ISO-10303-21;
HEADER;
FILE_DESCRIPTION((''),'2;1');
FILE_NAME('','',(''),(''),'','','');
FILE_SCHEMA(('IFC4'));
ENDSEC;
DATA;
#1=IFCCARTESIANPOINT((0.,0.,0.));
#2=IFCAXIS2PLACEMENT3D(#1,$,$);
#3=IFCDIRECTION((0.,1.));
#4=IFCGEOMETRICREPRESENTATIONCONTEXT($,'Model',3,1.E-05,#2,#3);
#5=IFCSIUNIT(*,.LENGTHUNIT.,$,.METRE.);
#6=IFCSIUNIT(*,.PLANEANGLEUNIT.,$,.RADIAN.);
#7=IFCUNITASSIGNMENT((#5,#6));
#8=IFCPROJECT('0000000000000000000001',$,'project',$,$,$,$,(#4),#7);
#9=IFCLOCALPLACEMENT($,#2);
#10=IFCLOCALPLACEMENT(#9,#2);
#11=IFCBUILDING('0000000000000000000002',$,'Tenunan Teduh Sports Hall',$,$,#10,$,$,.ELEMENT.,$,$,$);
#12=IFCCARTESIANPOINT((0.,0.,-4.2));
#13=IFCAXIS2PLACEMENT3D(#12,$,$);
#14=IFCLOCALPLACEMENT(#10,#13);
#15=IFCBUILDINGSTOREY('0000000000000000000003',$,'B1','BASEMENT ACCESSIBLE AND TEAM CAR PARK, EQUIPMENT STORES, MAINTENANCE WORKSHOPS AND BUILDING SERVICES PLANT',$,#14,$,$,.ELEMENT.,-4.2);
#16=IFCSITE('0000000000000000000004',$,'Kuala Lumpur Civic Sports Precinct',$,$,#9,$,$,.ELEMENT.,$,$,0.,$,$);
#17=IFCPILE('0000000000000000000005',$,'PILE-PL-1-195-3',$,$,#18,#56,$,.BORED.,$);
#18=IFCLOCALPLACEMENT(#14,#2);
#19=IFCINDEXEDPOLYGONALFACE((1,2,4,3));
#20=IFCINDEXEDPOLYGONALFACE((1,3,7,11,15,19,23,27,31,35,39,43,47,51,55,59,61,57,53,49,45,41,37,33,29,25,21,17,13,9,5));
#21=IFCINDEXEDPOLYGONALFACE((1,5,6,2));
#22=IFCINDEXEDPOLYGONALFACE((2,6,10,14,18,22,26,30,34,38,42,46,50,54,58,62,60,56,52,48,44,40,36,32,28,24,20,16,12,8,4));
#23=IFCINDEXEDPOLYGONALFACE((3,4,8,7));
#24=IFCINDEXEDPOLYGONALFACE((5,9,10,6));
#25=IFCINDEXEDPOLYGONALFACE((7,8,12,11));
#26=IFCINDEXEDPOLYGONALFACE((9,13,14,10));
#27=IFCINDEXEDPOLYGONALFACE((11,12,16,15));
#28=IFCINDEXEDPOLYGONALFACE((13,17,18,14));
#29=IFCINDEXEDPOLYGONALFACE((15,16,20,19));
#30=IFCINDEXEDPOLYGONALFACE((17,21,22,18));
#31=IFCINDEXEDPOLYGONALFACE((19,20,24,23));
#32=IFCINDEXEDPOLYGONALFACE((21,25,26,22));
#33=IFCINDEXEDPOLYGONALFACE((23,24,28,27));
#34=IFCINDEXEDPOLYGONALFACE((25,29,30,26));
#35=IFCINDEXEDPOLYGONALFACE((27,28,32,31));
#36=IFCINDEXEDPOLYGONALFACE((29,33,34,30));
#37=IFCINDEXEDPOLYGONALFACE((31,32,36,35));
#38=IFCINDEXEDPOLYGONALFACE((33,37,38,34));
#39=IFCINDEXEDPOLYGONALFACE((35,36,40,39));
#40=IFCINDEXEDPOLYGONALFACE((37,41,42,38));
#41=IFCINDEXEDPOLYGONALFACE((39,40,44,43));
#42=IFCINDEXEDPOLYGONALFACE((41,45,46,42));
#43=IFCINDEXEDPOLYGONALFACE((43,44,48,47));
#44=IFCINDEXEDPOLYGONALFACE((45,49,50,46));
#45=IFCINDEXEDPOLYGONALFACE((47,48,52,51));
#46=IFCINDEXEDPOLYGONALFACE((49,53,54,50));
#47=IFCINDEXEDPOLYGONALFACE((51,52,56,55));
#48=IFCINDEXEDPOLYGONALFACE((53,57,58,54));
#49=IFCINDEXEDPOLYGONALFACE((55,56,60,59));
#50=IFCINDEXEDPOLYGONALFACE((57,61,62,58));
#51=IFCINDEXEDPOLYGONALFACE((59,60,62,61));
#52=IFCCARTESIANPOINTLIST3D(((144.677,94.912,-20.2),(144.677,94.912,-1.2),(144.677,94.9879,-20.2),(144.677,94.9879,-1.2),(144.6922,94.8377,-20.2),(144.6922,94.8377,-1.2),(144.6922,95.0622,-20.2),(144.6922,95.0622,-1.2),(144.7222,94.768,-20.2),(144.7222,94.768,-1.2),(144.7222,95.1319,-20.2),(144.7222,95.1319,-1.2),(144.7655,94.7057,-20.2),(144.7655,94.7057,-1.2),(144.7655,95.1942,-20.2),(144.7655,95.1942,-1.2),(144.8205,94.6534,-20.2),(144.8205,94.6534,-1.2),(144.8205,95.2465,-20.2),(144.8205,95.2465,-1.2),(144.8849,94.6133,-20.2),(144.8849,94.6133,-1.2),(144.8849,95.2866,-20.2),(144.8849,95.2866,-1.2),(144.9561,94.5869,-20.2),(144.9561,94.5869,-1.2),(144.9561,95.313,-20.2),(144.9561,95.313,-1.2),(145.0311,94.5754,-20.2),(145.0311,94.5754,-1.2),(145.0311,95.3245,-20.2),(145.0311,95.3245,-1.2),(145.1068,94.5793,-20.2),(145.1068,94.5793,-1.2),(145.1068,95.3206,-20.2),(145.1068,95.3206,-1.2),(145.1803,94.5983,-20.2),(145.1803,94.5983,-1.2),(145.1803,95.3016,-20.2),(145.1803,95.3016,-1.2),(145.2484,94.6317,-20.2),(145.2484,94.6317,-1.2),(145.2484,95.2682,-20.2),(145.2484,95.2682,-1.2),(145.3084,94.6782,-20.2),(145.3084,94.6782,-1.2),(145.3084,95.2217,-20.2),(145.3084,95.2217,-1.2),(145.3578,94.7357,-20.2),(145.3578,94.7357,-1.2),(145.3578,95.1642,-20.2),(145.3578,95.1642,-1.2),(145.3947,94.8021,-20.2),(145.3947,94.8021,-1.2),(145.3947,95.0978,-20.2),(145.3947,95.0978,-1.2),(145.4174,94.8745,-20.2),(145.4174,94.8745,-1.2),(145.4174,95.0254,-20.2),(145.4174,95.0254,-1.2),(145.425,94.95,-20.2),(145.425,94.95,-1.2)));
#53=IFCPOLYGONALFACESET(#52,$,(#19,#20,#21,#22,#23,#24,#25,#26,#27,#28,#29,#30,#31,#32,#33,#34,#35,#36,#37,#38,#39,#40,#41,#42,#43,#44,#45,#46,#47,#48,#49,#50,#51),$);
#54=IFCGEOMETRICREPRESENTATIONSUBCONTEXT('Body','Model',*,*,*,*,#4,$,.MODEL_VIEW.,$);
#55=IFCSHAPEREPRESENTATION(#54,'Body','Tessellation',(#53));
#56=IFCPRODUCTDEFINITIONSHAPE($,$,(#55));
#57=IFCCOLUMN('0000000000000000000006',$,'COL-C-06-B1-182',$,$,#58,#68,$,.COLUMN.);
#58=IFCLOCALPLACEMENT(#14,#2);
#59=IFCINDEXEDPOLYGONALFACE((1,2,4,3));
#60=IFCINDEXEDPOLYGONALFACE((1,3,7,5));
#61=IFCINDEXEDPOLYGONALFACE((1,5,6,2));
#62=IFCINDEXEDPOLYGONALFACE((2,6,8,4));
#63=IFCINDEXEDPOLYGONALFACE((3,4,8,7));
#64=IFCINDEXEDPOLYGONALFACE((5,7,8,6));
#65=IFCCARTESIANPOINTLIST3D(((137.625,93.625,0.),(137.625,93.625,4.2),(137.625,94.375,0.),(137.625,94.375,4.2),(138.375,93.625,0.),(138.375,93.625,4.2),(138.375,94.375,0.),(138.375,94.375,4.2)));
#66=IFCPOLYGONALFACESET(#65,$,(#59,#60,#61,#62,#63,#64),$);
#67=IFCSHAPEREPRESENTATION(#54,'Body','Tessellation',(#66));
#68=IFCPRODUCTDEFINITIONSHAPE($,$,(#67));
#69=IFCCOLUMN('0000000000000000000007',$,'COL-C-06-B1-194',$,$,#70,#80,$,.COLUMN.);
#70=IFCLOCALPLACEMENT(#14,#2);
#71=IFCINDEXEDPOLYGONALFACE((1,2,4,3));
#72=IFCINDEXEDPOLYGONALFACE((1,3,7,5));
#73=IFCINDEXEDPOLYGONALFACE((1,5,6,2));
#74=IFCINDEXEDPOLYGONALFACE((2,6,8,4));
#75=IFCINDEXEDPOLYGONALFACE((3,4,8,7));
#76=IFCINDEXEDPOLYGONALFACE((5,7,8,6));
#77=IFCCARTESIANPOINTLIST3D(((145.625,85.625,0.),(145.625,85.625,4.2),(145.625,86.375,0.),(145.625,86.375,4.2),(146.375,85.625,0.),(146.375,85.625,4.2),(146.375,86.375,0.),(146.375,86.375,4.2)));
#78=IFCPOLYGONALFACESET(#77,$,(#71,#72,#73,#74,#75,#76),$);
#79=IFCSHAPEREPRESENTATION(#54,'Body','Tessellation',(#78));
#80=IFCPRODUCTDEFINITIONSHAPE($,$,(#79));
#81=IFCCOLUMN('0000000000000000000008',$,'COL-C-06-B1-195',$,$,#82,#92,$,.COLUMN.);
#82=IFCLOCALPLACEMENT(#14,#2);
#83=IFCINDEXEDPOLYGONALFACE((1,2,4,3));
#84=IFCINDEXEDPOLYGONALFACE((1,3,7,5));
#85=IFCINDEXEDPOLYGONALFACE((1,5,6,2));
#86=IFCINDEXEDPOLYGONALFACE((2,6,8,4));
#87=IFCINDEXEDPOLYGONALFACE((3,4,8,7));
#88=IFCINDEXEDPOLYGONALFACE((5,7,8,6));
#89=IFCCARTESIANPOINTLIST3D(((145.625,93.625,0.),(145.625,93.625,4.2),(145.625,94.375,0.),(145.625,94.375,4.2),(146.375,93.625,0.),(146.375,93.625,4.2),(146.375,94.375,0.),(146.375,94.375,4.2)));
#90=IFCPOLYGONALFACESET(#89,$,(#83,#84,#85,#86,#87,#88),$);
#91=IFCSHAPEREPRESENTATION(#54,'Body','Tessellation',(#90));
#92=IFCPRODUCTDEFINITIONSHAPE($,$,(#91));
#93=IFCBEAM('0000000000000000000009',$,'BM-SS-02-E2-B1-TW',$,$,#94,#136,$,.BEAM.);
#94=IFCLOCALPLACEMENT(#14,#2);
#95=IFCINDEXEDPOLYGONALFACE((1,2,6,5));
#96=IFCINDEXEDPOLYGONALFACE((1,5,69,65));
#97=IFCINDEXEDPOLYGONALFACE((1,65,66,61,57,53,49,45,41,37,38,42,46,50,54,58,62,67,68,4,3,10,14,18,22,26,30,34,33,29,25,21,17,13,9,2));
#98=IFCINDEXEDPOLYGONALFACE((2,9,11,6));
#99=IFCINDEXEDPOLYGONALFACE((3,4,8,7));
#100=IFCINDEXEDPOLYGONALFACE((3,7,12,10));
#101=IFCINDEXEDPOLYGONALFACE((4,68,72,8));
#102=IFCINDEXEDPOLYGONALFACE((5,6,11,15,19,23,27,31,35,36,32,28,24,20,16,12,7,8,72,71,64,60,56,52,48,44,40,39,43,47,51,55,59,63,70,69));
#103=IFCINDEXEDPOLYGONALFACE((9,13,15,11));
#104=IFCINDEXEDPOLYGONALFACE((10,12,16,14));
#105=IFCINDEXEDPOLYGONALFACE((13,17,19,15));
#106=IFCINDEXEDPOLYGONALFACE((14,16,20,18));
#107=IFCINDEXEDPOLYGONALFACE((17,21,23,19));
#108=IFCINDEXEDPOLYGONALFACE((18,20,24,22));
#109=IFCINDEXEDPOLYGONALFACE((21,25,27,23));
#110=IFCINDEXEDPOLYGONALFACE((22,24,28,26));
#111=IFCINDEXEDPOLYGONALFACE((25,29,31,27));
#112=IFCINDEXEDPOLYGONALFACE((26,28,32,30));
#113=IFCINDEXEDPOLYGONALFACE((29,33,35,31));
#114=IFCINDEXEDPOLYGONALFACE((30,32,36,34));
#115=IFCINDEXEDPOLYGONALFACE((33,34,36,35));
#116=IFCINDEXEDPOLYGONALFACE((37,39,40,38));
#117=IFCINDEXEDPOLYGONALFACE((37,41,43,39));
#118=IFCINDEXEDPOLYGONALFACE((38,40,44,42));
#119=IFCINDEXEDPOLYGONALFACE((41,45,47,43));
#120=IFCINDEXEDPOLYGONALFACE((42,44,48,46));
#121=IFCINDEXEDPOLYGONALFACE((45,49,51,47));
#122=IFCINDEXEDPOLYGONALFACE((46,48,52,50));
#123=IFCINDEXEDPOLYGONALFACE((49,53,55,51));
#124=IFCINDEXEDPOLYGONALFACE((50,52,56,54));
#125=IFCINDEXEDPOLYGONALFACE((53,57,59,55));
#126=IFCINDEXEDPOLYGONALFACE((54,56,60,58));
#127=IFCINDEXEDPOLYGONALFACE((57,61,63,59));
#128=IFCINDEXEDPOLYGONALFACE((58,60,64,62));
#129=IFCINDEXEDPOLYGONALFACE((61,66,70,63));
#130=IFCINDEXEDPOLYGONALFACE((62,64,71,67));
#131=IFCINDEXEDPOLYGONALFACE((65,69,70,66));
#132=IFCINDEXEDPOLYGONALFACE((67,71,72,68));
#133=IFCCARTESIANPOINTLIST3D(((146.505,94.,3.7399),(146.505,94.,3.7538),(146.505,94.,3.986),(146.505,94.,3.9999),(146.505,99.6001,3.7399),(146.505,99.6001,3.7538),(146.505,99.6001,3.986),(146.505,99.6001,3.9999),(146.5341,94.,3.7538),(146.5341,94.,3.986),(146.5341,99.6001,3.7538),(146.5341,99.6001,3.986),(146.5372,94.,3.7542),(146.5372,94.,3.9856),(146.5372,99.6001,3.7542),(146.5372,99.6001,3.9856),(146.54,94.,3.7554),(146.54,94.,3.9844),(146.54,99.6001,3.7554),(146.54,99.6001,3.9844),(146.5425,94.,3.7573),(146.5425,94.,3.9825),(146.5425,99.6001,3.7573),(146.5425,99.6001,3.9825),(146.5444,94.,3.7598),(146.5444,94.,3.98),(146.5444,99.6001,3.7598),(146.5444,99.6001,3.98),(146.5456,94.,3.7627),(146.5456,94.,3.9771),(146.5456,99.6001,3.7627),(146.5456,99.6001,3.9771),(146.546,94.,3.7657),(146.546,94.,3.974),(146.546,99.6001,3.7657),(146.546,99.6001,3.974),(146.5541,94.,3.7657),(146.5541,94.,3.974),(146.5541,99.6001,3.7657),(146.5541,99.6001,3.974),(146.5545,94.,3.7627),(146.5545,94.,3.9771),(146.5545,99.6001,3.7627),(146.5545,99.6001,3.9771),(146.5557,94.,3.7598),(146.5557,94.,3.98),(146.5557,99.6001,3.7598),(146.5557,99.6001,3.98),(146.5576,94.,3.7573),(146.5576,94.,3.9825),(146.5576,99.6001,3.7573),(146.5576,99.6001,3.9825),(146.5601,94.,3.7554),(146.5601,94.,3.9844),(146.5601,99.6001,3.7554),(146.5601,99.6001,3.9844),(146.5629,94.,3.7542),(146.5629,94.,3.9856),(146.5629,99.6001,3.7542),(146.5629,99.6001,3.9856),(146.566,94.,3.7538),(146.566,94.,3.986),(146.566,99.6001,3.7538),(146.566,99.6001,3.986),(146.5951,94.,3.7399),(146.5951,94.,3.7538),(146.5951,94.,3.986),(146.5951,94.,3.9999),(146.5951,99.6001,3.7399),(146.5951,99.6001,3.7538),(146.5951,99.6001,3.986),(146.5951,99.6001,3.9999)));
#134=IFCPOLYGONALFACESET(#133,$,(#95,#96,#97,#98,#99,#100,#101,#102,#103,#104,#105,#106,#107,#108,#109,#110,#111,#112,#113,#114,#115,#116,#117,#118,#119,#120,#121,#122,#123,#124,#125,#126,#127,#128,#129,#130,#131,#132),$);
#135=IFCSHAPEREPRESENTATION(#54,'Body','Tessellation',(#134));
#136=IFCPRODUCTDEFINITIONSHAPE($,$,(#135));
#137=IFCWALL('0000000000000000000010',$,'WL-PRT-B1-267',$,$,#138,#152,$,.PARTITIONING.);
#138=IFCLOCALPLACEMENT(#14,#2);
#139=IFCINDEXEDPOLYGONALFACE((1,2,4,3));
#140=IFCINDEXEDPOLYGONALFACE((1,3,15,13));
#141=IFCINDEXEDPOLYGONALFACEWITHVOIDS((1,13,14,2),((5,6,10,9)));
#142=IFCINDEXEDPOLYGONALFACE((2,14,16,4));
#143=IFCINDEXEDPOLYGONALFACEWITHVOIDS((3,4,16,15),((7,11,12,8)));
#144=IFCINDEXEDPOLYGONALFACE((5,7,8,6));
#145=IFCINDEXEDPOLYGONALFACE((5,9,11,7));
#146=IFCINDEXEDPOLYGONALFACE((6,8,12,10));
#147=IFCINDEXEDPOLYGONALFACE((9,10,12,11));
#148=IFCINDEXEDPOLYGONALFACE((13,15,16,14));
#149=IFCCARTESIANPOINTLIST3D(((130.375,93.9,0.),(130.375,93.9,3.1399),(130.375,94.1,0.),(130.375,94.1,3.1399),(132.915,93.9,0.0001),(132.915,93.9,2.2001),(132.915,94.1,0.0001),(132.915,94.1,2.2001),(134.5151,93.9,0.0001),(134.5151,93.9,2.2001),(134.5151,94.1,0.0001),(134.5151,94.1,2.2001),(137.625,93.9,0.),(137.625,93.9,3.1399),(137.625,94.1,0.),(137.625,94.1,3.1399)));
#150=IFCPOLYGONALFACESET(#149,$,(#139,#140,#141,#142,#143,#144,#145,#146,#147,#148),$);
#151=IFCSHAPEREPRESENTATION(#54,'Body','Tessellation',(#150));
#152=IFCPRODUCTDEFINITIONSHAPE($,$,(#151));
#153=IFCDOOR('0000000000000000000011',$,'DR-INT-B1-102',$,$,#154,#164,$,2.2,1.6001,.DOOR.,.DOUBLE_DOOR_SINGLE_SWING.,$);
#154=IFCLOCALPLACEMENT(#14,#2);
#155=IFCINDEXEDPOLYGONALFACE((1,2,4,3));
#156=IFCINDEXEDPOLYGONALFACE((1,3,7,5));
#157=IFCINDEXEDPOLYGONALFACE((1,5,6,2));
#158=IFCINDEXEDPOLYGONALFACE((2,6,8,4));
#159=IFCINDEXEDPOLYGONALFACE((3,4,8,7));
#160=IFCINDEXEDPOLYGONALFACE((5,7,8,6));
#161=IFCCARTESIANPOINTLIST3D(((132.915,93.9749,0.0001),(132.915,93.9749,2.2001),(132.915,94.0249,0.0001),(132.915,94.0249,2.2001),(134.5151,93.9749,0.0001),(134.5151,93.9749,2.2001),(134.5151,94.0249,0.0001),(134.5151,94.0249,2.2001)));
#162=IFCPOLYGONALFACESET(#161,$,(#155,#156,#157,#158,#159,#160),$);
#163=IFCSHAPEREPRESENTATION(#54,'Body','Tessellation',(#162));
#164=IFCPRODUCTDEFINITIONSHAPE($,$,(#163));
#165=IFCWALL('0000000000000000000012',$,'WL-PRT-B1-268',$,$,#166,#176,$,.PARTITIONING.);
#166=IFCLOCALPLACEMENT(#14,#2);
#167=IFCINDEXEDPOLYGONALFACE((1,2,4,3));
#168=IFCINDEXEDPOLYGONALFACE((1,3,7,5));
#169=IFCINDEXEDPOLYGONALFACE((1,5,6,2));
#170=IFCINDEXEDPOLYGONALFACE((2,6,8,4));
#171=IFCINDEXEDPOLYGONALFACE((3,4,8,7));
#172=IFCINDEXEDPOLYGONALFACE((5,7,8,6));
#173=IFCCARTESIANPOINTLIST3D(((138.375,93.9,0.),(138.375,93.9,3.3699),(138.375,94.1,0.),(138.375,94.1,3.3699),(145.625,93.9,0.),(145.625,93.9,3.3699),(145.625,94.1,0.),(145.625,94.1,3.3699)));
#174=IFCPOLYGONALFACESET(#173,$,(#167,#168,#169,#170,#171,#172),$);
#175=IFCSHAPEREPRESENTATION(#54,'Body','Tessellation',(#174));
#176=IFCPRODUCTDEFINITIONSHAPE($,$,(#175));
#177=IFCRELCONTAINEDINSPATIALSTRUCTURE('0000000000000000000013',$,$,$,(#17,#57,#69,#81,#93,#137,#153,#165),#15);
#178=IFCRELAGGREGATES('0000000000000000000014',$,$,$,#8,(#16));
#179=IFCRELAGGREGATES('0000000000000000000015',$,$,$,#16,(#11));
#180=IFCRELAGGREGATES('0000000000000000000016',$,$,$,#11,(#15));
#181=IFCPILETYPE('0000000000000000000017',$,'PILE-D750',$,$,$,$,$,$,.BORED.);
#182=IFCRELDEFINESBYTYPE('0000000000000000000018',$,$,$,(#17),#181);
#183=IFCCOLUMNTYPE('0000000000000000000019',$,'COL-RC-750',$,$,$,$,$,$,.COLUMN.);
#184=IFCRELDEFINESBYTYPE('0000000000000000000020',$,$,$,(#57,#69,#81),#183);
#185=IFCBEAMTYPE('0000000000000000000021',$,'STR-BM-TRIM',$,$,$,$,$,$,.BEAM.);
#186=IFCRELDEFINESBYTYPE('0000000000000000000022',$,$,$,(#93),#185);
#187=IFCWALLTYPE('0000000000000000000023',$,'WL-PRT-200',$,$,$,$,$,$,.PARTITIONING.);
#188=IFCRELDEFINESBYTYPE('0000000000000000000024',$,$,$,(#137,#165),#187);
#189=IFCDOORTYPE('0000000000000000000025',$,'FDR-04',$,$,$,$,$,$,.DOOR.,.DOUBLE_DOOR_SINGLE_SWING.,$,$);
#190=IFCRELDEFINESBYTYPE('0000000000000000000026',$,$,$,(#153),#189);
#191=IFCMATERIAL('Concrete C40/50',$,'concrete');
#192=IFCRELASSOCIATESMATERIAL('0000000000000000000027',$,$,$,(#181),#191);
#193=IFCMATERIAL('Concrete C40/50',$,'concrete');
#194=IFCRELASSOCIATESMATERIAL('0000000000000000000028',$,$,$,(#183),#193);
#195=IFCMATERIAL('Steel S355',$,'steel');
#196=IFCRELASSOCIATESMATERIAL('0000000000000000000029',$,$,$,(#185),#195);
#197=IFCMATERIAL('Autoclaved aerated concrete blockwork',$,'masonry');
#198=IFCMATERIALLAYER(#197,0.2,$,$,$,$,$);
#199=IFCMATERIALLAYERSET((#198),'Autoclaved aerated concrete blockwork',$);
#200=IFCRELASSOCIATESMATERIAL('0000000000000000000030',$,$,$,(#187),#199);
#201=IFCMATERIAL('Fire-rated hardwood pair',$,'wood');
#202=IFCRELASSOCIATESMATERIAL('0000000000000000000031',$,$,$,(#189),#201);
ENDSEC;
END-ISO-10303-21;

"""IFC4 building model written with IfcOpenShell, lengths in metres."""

from ifc_helpers import new_model, si_unit, direction, frame, frame_2d, origin, origin_2d, place, context, subcontext, project, spatial, rectangle, circle, i_section, extrude, material, layer, layer_set, material_profile, profile_set, type_object, element, fill, save


model = new_model("IFC4")

# Units and contexts
model_context = context("Model", 3, precision=1e-05, world=origin(), true_north=direction((0.0, 1.0)))
body_context = subcontext(model_context, "Body", "Model", "MODEL_VIEW")
ifc_project = project(units=[si_unit("LENGTHUNIT", "METRE"), si_unit("PLANEANGLEUNIT", "RADIAN")], contexts=[model_context])

# Site, building, storey
site_placement = place(None, origin())
site = spatial("IfcSite", under=ifc_project, at=site_placement, Name="Kuala Lumpur Civic Sports Precinct", CompositionType="ELEMENT", RefElevation=0.0)
building_placement = place(site_placement, origin())
building = spatial("IfcBuilding", under=site, at=building_placement, Name="Tenunan Teduh Sports Hall", CompositionType="ELEMENT")
storey_placement = place(building_placement, frame((0.0, 0.0, -4.2)))
storey = spatial("IfcBuildingStorey", under=building, at=storey_placement, Name="B1", Description="BASEMENT ACCESSIBLE AND TEAM CAR PARK, EQUIPMENT STORES, MAINTENANCE WORKSHOPS AND BUILDING SERVICES PLANT", CompositionType="ELEMENT", Elevation=-4.2)

# Pile
ifc_material_1 = material(Name="Concrete C40/50", Category="concrete")
ifc_material_profile_1 = material_profile(ifc_material_1, circle(Radius=0.375, at=origin_2d()), Name="PILE D750")
ifc_profile_set_1 = profile_set([ifc_material_profile_1], Name="Concrete C40/50")
pile_type = type_object("IfcPileType", Name="PILE-D750", PredefinedType="BORED", material=ifc_profile_set_1)
for number, where, z_axis, x_axis, name in (
    (1, (145.05, 94.95, -1.2), (0.0, 0.0, -1.0), (1.0, 0.0, 0.0), "PILE-PL-1-195-3"),
):
    element("IfcPile", number, at=place(storey_placement, frame(where, z_axis=z_axis, x_axis=x_axis)), inside=storey, type_object=pile_type, Name=name, PredefinedType="BORED", context=body_context, shape_type="SweptSolid", body=[
        extrude(circle(Radius=0.375, at=origin_2d()), origin(), (0.0, 0.0, 1.0), 19.0),
    ])

# Columns
ifc_material_2 = material(Name="Concrete C40/50", Category="concrete")
ifc_material_profile_2 = material_profile(ifc_material_2, rectangle(XDim=0.75, YDim=0.75, at=origin_2d()), Name="RC 750x750")
ifc_profile_set_2 = profile_set([ifc_material_profile_2], Name="Concrete C40/50")
column_type = type_object("IfcColumnType", Name="COL-RC-750", PredefinedType="COLUMN", material=ifc_profile_set_2)
for number, where, z_axis, x_axis, name in (
    (2, (138.0, 94.0, 0.0), (0.0, 0.0, 1.0), (1.0, 0.0, 0.0), "COL-C-06-B1-182"),
    (3, (146.0, 86.0, 0.0), (0.0, 0.0, 1.0), (1.0, 0.0, 0.0), "COL-C-06-B1-194"),
    (4, (146.0, 94.0, 0.0), (0.0, 0.0, 1.0), (1.0, 0.0, 0.0), "COL-C-06-B1-195"),
):
    element("IfcColumn", number, at=place(storey_placement, frame(where, z_axis=z_axis, x_axis=x_axis)), inside=storey, type_object=column_type, Name=name, PredefinedType="COLUMN", context=body_context, shape_type="SweptSolid", body=[
        extrude(rectangle(XDim=0.75, YDim=0.75, at=origin_2d()), origin(), (0.0, 0.0, 1.0), 4.2),
    ])

# Beam
ifc_material_3 = material(Name="Steel S355", Category="steel")
ifc_material_profile_3 = material_profile(ifc_material_3, i_section(OverallWidth=0.0901, OverallDepth=0.26, WebThickness=0.0081, FlangeThickness=0.0139, FilletRadius=0.012, at=origin_2d()), Name="PFC 260x90")
ifc_profile_set_3 = profile_set([ifc_material_profile_3], Name="Steel S355")
beam_type = type_object("IfcBeamType", Name="STR-BM-TRIM", PredefinedType="BEAM", material=ifc_profile_set_3)
beam_placement = place(storey_placement, frame((146.55, 94.0, 3.8699), z_axis=(0.0, 1.0, 0.0), x_axis=(-1.0, 0.0, 0.0)))
element("IfcBeam", 5, at=beam_placement, inside=storey, type_object=beam_type, Name="BM-SS-02-E2-B1-TW", PredefinedType="BEAM", context=body_context, shape_type="SweptSolid", body=[
    extrude(i_section(OverallWidth=0.0901, OverallDepth=0.26, WebThickness=0.0081, FlangeThickness=0.0139, FilletRadius=0.012, at=origin_2d()), origin(), (0.0, 0.0, 1.0), 5.6001),
])

# Wall, opening, door
ifc_material_4 = material(Name="Autoclaved aerated concrete blockwork", Category="masonry")
ifc_layer_1 = layer(ifc_material_4, 0.2)
ifc_layer_set_1 = layer_set([ifc_layer_1], Name="Autoclaved aerated concrete blockwork")
wall_type_1 = type_object("IfcWallType", Name="WL-PRT-200", PredefinedType="PARTITIONING", material=ifc_layer_set_1)
wall_1_placement = place(storey_placement, frame((130.375, 94.0, 0.0), z_axis=(0.0, 0.0, 1.0), x_axis=(1.0, 0.0, 0.0)))
wall_1 = element("IfcWall", 6, at=wall_1_placement, inside=storey, type_object=wall_type_1, Name="WL-PRT-B1-267", PredefinedType="PARTITIONING", context=body_context, shape_type="SweptSolid", body=[
    extrude(rectangle(XDim=7.25, YDim=0.2, at=frame_2d((3.625, 0.0))), origin(), (0.0, 0.0, 1.0), 3.1399),
])
opening_1_placement = place(wall_1_placement, frame((2.54, 0.0, 0.0)))
opening_1 = element("IfcOpeningElement", 7, at=opening_1_placement, cuts=wall_1, PredefinedType="OPENING", context=body_context, shape_type="SweptSolid", body=[
    extrude(rectangle(XDim=1.6001, YDim=2.2, at=frame_2d((0.8, 1.1001))), frame((0.0, 0.1099, 0.0), z_axis=(0.0, -1.0, 0.0), x_axis=(1.0, 0.0, 0.0)), (0.0, 0.0, 1.0), 0.22),
])
ifc_material_5 = material(Name="Fire-rated hardwood pair", Category="wood")
door_type_1 = type_object("IfcDoorType", Name="FDR-04", OperationType="DOUBLE_DOOR_SINGLE_SWING", PredefinedType="DOOR", material=ifc_material_5)
door_1_placement = place(opening_1_placement, origin())
door_1 = element("IfcDoor", 8, at=door_1_placement, inside=storey, type_object=door_type_1, Name="DR-INT-B1-102", OperationType="DOUBLE_DOOR_SINGLE_SWING", OverallHeight=2.2, OverallWidth=1.6001, PredefinedType="DOOR", context=body_context, shape_type="SweptSolid", body=[
    extrude(rectangle(XDim=1.6001, YDim=2.2, at=frame_2d((0.8, 1.1001))), frame((0.0, 0.0249, 0.0), z_axis=(0.0, -1.0, 0.0), x_axis=(1.0, 0.0, 0.0)), (0.0, 0.0, 1.0), 0.05),
])
fill(opening_1, door_1)

# Wall
wall_2_placement = place(storey_placement, frame((138.375, 94.0, 0.0), z_axis=(0.0, 0.0, 1.0), x_axis=(1.0, 0.0, 0.0)))
element("IfcWall", 9, at=wall_2_placement, inside=storey, type_object=wall_type_1, Name="WL-PRT-B1-268", PredefinedType="PARTITIONING", context=body_context, shape_type="SweptSolid", body=[
    extrude(rectangle(XDim=7.25, YDim=0.2, at=frame_2d((3.625, 0.0))), origin(), (0.0, 0.0, 1.0), 3.3699),
])

save(model, "model.ifc")
